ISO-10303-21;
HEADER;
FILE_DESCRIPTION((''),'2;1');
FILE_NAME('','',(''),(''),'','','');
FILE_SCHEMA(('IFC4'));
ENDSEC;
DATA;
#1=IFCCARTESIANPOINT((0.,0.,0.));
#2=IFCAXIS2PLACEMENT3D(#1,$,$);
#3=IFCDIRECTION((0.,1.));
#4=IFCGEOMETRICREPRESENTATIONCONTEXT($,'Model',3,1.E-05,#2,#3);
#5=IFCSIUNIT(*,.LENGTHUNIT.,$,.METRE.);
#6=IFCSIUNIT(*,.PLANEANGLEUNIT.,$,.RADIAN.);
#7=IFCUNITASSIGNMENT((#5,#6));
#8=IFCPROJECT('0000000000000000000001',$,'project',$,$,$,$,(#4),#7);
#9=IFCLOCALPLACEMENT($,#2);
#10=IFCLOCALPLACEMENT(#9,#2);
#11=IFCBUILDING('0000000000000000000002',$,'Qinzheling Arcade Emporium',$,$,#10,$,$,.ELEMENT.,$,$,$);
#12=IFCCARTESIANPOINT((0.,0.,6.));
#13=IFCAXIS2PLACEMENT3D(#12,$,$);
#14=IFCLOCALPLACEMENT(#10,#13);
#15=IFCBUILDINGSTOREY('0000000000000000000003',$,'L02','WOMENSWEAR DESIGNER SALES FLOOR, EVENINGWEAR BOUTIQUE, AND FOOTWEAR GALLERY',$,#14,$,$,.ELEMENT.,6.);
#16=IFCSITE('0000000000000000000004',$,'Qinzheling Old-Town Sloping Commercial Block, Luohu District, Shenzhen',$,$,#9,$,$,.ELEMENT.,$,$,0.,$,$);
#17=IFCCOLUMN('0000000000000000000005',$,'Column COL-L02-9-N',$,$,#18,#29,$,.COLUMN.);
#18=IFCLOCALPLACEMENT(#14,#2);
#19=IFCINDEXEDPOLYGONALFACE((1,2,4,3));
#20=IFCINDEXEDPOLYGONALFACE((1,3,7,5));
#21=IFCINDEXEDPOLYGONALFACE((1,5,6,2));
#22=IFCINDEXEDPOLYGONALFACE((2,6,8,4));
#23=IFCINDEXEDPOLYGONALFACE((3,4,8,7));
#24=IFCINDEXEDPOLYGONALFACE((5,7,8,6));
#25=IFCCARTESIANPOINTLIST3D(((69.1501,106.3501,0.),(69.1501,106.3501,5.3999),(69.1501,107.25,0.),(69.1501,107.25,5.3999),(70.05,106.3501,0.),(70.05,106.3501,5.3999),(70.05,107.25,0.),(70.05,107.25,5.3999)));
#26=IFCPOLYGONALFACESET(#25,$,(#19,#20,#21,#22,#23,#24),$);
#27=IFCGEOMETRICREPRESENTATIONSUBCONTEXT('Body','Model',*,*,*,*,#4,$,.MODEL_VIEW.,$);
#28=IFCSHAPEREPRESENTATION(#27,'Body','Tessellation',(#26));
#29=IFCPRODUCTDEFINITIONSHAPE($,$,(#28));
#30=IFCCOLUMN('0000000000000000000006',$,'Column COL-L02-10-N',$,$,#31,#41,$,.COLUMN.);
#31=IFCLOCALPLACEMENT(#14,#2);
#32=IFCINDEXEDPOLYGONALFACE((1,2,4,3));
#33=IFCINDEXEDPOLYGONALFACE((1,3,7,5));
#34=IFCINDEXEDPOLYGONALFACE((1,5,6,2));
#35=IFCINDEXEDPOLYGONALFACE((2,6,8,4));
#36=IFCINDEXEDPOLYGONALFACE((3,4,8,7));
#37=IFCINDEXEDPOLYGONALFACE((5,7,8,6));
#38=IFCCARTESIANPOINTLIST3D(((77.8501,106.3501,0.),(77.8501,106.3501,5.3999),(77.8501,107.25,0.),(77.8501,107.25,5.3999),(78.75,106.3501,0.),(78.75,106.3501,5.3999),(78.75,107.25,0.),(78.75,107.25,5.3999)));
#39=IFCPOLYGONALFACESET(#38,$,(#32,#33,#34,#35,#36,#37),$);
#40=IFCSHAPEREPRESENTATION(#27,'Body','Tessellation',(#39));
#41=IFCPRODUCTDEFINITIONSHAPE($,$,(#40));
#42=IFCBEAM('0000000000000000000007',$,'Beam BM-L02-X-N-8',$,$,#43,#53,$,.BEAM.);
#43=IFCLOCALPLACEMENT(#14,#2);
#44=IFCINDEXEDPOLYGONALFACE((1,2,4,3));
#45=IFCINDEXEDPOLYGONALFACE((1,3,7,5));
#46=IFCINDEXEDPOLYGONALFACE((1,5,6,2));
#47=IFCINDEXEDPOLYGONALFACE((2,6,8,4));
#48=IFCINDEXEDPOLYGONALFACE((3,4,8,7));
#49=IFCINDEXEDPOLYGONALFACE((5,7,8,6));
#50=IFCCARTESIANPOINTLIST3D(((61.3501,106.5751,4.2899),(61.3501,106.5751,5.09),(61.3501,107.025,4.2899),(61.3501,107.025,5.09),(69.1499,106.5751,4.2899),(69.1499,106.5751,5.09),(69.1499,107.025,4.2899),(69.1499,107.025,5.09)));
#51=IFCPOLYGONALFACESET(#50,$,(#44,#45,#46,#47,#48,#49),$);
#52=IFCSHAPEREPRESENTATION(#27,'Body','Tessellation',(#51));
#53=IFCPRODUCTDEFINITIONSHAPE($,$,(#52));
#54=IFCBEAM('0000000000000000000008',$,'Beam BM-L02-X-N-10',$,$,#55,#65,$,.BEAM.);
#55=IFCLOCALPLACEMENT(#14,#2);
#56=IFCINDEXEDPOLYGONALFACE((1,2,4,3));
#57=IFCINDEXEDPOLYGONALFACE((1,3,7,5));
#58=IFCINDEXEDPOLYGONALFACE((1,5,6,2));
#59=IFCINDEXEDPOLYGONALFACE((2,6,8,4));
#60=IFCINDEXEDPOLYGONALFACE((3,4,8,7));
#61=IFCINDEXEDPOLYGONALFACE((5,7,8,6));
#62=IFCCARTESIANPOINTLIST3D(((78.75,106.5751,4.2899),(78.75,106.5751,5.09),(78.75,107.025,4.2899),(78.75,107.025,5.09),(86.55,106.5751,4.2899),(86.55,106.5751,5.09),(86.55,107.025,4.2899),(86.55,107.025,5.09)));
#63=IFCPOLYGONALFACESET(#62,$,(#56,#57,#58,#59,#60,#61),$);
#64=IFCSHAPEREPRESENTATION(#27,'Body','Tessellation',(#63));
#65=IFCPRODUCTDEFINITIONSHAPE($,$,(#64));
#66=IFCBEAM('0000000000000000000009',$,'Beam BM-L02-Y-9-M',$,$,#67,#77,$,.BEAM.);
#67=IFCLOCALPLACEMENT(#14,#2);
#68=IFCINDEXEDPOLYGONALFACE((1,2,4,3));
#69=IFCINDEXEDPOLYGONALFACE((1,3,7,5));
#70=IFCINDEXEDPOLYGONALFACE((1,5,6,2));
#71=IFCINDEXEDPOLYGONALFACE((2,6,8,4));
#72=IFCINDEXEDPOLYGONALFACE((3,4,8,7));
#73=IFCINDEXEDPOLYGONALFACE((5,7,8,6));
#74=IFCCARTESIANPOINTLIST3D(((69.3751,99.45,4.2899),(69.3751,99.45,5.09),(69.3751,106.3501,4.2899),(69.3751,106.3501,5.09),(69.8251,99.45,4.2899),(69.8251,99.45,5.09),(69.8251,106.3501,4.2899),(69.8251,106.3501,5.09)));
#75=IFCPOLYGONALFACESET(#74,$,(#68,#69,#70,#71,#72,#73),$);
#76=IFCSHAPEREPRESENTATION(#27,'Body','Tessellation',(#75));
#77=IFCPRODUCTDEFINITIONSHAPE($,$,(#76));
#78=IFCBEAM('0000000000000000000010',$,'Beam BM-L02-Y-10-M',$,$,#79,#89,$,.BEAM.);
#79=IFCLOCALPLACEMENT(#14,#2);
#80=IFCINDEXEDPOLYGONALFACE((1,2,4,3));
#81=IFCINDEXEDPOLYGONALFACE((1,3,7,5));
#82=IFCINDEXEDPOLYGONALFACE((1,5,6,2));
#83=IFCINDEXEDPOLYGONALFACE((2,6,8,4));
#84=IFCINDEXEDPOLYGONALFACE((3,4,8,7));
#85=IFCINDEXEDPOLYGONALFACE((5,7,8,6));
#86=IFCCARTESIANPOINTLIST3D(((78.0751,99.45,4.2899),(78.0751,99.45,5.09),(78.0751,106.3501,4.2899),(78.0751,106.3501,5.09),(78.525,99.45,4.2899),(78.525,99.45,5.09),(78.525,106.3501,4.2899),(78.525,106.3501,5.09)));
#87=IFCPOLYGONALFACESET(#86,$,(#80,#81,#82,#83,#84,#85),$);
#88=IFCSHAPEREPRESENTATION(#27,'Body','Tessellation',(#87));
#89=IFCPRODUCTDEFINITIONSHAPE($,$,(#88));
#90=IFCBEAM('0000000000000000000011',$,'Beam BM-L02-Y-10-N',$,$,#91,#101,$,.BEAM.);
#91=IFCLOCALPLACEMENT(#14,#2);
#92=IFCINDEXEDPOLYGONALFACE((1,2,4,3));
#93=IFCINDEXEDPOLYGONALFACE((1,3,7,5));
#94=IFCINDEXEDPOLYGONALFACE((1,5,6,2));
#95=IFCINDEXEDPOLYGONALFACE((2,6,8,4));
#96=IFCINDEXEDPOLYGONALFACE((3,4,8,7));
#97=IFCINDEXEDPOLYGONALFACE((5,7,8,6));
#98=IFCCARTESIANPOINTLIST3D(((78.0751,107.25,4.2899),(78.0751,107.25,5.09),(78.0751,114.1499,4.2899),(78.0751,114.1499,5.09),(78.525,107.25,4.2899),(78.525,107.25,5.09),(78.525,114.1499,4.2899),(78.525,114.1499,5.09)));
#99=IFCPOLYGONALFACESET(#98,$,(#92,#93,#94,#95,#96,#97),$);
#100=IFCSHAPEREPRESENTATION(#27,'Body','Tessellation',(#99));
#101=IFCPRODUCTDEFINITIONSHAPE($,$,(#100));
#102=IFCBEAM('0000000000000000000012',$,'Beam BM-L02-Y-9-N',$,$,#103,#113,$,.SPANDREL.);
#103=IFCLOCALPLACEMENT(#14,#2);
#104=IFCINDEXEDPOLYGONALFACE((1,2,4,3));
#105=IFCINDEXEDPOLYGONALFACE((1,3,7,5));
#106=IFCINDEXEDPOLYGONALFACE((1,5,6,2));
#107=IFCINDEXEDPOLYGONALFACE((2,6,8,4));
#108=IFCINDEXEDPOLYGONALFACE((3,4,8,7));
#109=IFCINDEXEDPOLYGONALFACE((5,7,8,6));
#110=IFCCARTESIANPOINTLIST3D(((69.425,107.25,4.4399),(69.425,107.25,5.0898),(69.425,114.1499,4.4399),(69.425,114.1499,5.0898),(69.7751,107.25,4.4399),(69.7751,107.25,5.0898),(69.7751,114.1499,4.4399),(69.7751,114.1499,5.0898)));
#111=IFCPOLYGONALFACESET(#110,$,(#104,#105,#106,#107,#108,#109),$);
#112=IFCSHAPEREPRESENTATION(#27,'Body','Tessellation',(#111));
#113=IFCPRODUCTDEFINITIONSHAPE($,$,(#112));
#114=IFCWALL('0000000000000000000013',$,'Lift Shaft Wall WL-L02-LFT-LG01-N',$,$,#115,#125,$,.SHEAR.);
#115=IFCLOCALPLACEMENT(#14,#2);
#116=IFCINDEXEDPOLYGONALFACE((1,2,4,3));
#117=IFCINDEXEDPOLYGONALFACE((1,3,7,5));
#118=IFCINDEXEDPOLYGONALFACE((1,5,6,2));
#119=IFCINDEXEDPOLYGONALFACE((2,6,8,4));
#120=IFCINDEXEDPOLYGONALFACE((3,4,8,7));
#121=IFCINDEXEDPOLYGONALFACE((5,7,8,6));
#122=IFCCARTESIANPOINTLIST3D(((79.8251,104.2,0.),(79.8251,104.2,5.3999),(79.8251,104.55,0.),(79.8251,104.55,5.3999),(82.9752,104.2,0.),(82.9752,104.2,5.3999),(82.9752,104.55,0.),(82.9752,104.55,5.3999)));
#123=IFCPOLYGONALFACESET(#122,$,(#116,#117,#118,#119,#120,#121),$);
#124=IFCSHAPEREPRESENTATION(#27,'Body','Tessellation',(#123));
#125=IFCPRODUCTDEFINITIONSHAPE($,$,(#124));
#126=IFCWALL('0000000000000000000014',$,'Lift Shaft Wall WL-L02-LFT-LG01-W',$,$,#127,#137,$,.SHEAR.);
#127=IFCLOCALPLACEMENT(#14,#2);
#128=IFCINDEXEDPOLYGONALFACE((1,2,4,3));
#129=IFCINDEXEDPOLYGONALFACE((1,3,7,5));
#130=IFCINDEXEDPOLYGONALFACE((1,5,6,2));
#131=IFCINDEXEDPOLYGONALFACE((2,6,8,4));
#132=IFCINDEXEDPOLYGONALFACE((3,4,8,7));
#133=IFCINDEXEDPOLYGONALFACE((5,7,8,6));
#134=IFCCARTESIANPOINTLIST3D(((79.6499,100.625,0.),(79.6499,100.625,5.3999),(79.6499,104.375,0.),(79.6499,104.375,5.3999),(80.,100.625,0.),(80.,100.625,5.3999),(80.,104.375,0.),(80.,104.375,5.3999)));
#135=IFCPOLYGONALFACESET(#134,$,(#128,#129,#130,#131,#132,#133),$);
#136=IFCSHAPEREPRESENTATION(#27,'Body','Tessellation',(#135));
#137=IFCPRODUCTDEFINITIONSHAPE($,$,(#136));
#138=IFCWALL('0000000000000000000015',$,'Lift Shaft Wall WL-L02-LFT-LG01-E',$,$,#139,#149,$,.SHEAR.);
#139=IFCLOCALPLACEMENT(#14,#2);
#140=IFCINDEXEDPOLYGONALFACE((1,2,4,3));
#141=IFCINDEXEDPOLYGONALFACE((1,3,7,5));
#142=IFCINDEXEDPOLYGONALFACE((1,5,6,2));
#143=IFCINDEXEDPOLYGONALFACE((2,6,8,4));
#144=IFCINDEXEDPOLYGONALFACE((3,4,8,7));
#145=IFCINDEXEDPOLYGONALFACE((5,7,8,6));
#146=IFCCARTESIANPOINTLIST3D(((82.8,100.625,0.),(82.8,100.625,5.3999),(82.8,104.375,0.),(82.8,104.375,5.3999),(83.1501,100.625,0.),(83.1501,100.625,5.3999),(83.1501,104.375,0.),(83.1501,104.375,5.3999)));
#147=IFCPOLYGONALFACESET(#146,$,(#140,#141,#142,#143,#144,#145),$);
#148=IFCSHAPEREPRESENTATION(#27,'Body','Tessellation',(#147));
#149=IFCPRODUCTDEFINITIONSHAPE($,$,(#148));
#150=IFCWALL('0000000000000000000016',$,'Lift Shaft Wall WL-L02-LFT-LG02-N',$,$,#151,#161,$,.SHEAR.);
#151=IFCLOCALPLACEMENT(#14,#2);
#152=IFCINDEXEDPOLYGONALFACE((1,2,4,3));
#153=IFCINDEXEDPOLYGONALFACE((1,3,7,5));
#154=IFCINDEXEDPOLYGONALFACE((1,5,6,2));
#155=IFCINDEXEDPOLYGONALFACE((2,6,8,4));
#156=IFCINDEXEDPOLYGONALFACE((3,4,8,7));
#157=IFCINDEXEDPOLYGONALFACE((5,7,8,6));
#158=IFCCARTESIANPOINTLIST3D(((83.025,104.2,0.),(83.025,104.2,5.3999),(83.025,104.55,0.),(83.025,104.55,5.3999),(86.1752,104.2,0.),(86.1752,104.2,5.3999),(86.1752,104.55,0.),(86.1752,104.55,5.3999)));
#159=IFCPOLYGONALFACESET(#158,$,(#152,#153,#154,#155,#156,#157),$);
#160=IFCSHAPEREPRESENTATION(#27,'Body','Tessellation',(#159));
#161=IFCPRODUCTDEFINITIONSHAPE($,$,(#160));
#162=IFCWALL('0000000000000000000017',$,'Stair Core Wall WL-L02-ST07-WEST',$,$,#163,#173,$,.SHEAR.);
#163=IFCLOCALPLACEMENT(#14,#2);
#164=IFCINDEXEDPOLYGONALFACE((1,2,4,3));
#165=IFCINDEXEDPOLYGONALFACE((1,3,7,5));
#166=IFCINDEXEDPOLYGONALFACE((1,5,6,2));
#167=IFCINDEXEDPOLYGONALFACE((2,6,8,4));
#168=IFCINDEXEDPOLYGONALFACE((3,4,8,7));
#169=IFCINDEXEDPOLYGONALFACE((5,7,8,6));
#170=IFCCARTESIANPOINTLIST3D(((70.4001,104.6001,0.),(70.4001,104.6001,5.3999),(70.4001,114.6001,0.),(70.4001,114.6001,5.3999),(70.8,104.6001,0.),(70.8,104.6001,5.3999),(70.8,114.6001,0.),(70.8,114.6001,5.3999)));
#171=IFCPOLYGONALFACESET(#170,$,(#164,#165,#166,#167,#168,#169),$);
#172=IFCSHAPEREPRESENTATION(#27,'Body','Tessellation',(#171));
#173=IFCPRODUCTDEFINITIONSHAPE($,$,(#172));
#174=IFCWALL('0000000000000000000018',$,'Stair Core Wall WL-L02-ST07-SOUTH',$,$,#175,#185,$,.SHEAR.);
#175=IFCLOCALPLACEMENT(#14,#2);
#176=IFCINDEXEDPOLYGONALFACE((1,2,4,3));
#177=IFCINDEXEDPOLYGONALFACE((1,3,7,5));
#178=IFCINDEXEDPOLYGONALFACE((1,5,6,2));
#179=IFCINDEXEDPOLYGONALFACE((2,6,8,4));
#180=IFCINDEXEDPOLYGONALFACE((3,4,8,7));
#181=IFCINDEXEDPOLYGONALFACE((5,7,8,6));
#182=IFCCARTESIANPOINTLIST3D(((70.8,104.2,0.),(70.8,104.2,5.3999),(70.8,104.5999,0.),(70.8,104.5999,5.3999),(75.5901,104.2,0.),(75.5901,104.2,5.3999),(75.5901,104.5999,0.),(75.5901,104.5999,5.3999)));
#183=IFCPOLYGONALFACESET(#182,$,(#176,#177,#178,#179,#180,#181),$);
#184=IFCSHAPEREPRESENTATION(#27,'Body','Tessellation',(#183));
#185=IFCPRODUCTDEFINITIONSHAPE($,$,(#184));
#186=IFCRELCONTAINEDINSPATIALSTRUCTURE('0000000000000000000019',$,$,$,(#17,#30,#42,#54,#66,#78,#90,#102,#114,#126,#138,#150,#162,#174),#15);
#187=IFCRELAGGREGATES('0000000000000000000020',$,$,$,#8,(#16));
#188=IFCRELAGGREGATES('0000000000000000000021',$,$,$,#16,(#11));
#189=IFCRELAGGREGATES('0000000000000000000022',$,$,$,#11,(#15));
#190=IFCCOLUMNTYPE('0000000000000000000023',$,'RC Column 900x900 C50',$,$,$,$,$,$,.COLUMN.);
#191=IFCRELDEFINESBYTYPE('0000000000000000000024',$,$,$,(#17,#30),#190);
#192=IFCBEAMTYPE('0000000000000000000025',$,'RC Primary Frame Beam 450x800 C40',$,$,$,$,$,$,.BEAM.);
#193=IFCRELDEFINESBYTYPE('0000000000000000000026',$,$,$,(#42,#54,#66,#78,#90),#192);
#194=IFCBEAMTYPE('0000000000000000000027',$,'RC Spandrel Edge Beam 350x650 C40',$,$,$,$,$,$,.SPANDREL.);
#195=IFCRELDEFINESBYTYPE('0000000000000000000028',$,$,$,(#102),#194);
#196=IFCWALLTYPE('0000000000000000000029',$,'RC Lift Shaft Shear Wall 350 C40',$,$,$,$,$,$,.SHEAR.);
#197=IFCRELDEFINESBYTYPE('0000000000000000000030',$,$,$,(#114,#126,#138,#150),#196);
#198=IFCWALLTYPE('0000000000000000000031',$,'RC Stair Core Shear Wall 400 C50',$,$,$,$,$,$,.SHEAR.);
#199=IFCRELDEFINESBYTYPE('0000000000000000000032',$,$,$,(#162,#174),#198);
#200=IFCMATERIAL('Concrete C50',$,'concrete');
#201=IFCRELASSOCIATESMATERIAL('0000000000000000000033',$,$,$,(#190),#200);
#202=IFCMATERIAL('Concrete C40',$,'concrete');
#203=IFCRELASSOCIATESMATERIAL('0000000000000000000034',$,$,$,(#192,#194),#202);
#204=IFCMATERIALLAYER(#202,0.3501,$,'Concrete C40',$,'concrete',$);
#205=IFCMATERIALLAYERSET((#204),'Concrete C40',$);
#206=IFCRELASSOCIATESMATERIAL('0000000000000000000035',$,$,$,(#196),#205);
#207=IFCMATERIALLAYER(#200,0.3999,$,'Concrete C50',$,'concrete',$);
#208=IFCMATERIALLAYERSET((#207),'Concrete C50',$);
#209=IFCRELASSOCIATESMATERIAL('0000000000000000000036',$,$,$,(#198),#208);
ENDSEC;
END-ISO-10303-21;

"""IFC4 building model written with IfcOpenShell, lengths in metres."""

from ifc_helpers import new_model, si_unit, direction, frame, frame_2d, origin, origin_2d, place, context, subcontext, project, spatial, rectangle, extrude, material, layer, layer_set, material_profile, profile_set, type_object, element, save


model = new_model("IFC4")

# Units and contexts
model_context = context("Model", 3, precision=1e-05, world=origin(), true_north=direction((0.0, 1.0)))
body_context = subcontext(model_context, "Body", "Model", "MODEL_VIEW")
ifc_project = project(units=[si_unit("LENGTHUNIT", "METRE"), si_unit("PLANEANGLEUNIT", "RADIAN")], contexts=[model_context])

# Site, building, storey
site_placement = place(None, origin())
site = spatial("IfcSite", under=ifc_project, at=site_placement, Name="Qinzheling Old-Town Sloping Commercial Block, Luohu District, Shenzhen", CompositionType="ELEMENT", RefElevation=0.0)
building_placement = place(site_placement, origin())
building = spatial("IfcBuilding", under=site, at=building_placement, Name="Qinzheling Arcade Emporium", CompositionType="ELEMENT")
storey_placement = place(building_placement, frame((0.0, 0.0, 6.0)))
storey = spatial("IfcBuildingStorey", under=building, at=storey_placement, Name="L02", Description="WOMENSWEAR DESIGNER SALES FLOOR, EVENINGWEAR BOUTIQUE, AND FOOTWEAR GALLERY", CompositionType="ELEMENT", Elevation=6.0)

# Columns
ifc_material_1 = material(Name="Concrete C50", Category="concrete")
ifc_material_profile_1 = material_profile(ifc_material_1, rectangle(XDim=0.8999, YDim=0.8999, at=origin_2d()), Name="RC 900x900", Category="concrete")
ifc_profile_set_1 = profile_set([ifc_material_profile_1], Name="Concrete C50")
column_type = type_object("IfcColumnType", Name="RC Column 900x900 C50", PredefinedType="COLUMN", material=ifc_profile_set_1)
for number, where, z_axis, x_axis, name in (
    (1, (69.6001, 106.8, 0.0), (0.0, 0.0, 1.0), (1.0, 0.0, 0.0), "Column COL-L02-9-N"),
    (2, (78.3, 106.8, 0.0), (0.0, 0.0, 1.0), (1.0, 0.0, 0.0), "Column COL-L02-10-N"),
):
    element("IfcColumn", number, at=place(storey_placement, frame(where, z_axis=z_axis, x_axis=x_axis)), inside=storey, type_object=column_type, Name=name, PredefinedType="COLUMN", context=body_context, shape_type="SweptSolid", body=[
        extrude(rectangle(XDim=0.8999, YDim=0.8999, at=origin_2d()), origin(), (0.0, 0.0, 1.0), 5.3999),
    ])

# Beams
ifc_material_2 = material(Name="Concrete C40", Category="concrete")
ifc_material_profile_2 = material_profile(ifc_material_2, rectangle(XDim=0.45, YDim=0.8, at=origin_2d()), Name="RC 450x800", Category="concrete")
ifc_profile_set_2 = profile_set([ifc_material_profile_2], Name="Concrete C40")
beam_type_1 = type_object("IfcBeamType", Name="RC Primary Frame Beam 450x800 C40", PredefinedType="BEAM", material=ifc_profile_set_2)
beam_1_placement = place(storey_placement, frame((61.3501, 106.8, 4.6899), z_axis=(1.0, 0.0, 0.0), x_axis=(0.0, 1.0, 0.0)))
element("IfcBeam", 3, at=beam_1_placement, inside=storey, type_object=beam_type_1, Name="Beam BM-L02-X-N-8", PredefinedType="BEAM", context=body_context, shape_type="SweptSolid", body=[
    extrude(rectangle(XDim=0.45, YDim=0.8, at=origin_2d()), origin(), (0.0, 0.0, 1.0), 7.7998),
])
beam_2_placement = place(storey_placement, frame((78.75, 106.8, 4.6899), z_axis=(1.0, 0.0, 0.0), x_axis=(0.0, 1.0, 0.0)))
element("IfcBeam", 4, at=beam_2_placement, inside=storey, type_object=beam_type_1, Name="Beam BM-L02-X-N-10", PredefinedType="BEAM", context=body_context, shape_type="SweptSolid", body=[
    extrude(rectangle(XDim=0.45, YDim=0.8, at=origin_2d()), origin(), (0.0, 0.0, 1.0), 7.8),
])
for number, where, z_axis, x_axis, name in (
    (5, (69.6001, 99.45, 4.6899), (0.0, 1.0, 0.0), (-1.0, 0.0, 0.0), "Beam BM-L02-Y-9-M"),
    (6, (78.3, 99.45, 4.6899), (0.0, 1.0, 0.0), (-1.0, 0.0, 0.0), "Beam BM-L02-Y-10-M"),
):
    element("IfcBeam", number, at=place(storey_placement, frame(where, z_axis=z_axis, x_axis=x_axis)), inside=storey, type_object=beam_type_1, Name=name, PredefinedType="BEAM", context=body_context, shape_type="SweptSolid", body=[
        extrude(rectangle(XDim=0.45, YDim=0.8, at=origin_2d()), origin(), (0.0, 0.0, 1.0), 6.9001),
    ])
beam_3_placement = place(storey_placement, frame((78.3, 107.25, 4.6899), z_axis=(0.0, 1.0, 0.0), x_axis=(-1.0, 0.0, 0.0)))
element("IfcBeam", 7, at=beam_3_placement, inside=storey, type_object=beam_type_1, Name="Beam BM-L02-Y-10-N", PredefinedType="BEAM", context=body_context, shape_type="SweptSolid", body=[
    extrude(rectangle(XDim=0.45, YDim=0.8, at=origin_2d()), origin(), (0.0, 0.0, 1.0), 6.8999),
])
ifc_material_profile_3 = material_profile(ifc_material_2, rectangle(XDim=0.3501, YDim=0.6499, at=origin_2d()), Name="RC 350x650", Category="concrete")
ifc_profile_set_3 = profile_set([ifc_material_profile_3], Name="Concrete C40")
beam_type_2 = type_object("IfcBeamType", Name="RC Spandrel Edge Beam 350x650 C40", PredefinedType="SPANDREL", material=ifc_profile_set_3)
beam_4_placement = place(storey_placement, frame((69.6001, 107.25, 4.7649), z_axis=(0.0, 1.0, 0.0), x_axis=(-1.0, 0.0, 0.0)))
element("IfcBeam", 8, at=beam_4_placement, inside=storey, type_object=beam_type_2, Name="Beam BM-L02-Y-9-N", PredefinedType="SPANDREL", context=body_context, shape_type="SweptSolid", body=[
    extrude(rectangle(XDim=0.3501, YDim=0.6499, at=origin_2d()), origin(), (0.0, 0.0, 1.0), 6.8999),
])

# Wall
ifc_layer_1 = layer(ifc_material_2, 0.3501, Name="Concrete C40", Category="concrete")
ifc_layer_set_1 = layer_set([ifc_layer_1], Name="Concrete C40")
wall_type_1 = type_object("IfcWallType", Name="RC Lift Shaft Shear Wall 350 C40", PredefinedType="SHEAR", material=ifc_layer_set_1)
wall_1_placement = place(storey_placement, frame((79.825, 104.375, 0.0), z_axis=(0.0, 0.0, 1.0), x_axis=(1.0, 0.0, 0.0)))
element("IfcWall", 9, at=wall_1_placement, inside=storey, type_object=wall_type_1, Name="Lift Shaft Wall WL-L02-LFT-LG01-N", PredefinedType="SHEAR", context=body_context, shape_type="SweptSolid", body=[
    extrude(rectangle(XDim=3.1501, YDim=0.3501, at=frame_2d((1.5752, 0.0))), origin(), (0.0, 0.0, 1.0), 5.3999),
])

# Walls
for number, where, z_axis, x_axis, name in (
    (10, (79.825, 100.625, 0.0), (0.0, 0.0, 1.0), (0.0, 1.0, 0.0), "Lift Shaft Wall WL-L02-LFT-LG01-W"),
    (11, (82.9751, 104.375, 0.0), (0.0, 0.0, 1.0), (0.0, -1.0, 0.0), "Lift Shaft Wall WL-L02-LFT-LG01-E"),
):
    element("IfcWall", number, at=place(storey_placement, frame(where, z_axis=z_axis, x_axis=x_axis)), inside=storey, type_object=wall_type_1, Name=name, PredefinedType="SHEAR", context=body_context, shape_type="SweptSolid", body=[
        extrude(rectangle(XDim=3.75, YDim=0.3501, at=frame_2d((1.875, 0.0))), origin(), (0.0, 0.0, 1.0), 5.3999),
    ])
wall_2_placement = place(storey_placement, frame((83.0249, 104.375, 0.0), z_axis=(0.0, 0.0, 1.0), x_axis=(1.0, 0.0, 0.0)))
element("IfcWall", 12, at=wall_2_placement, inside=storey, type_object=wall_type_1, Name="Lift Shaft Wall WL-L02-LFT-LG02-N", PredefinedType="SHEAR", context=body_context, shape_type="SweptSolid", body=[
    extrude(rectangle(XDim=3.1501, YDim=0.3501, at=frame_2d((1.5752, 0.0))), origin(), (0.0, 0.0, 1.0), 5.3999),
])

# Walls
ifc_layer_2 = layer(ifc_material_1, 0.3999, Name="Concrete C50", Category="concrete")
ifc_layer_set_2 = layer_set([ifc_layer_2], Name="Concrete C50")
wall_type_2 = type_object("IfcWallType", Name="RC Stair Core Shear Wall 400 C50", PredefinedType="SHEAR", material=ifc_layer_set_2)
wall_3_placement = place(storey_placement, frame((70.6001, 104.6001, 0.0), z_axis=(0.0, 0.0, 1.0), x_axis=(0.0, 1.0, 0.0)))
element("IfcWall", 13, at=wall_3_placement, inside=storey, type_object=wall_type_2, Name="Stair Core Wall WL-L02-ST07-WEST", PredefinedType="SHEAR", context=body_context, shape_type="SweptSolid", body=[
    extrude(rectangle(XDim=10.0, YDim=0.3999, at=frame_2d((5.0, 0.0))), origin(), (0.0, 0.0, 1.0), 5.3999),
])
wall_4_placement = place(storey_placement, frame((75.5901, 104.3999, 0.0), z_axis=(0.0, 0.0, 1.0), x_axis=(-1.0, 0.0, 0.0)))
element("IfcWall", 14, at=wall_4_placement, inside=storey, type_object=wall_type_2, Name="Stair Core Wall WL-L02-ST07-SOUTH", PredefinedType="SHEAR", context=body_context, shape_type="SweptSolid", body=[
    extrude(rectangle(XDim=4.79, YDim=0.3999, at=frame_2d((2.395, 0.0))), origin(), (0.0, 0.0, 1.0), 5.3999),
])

save(model, "model.ifc")
